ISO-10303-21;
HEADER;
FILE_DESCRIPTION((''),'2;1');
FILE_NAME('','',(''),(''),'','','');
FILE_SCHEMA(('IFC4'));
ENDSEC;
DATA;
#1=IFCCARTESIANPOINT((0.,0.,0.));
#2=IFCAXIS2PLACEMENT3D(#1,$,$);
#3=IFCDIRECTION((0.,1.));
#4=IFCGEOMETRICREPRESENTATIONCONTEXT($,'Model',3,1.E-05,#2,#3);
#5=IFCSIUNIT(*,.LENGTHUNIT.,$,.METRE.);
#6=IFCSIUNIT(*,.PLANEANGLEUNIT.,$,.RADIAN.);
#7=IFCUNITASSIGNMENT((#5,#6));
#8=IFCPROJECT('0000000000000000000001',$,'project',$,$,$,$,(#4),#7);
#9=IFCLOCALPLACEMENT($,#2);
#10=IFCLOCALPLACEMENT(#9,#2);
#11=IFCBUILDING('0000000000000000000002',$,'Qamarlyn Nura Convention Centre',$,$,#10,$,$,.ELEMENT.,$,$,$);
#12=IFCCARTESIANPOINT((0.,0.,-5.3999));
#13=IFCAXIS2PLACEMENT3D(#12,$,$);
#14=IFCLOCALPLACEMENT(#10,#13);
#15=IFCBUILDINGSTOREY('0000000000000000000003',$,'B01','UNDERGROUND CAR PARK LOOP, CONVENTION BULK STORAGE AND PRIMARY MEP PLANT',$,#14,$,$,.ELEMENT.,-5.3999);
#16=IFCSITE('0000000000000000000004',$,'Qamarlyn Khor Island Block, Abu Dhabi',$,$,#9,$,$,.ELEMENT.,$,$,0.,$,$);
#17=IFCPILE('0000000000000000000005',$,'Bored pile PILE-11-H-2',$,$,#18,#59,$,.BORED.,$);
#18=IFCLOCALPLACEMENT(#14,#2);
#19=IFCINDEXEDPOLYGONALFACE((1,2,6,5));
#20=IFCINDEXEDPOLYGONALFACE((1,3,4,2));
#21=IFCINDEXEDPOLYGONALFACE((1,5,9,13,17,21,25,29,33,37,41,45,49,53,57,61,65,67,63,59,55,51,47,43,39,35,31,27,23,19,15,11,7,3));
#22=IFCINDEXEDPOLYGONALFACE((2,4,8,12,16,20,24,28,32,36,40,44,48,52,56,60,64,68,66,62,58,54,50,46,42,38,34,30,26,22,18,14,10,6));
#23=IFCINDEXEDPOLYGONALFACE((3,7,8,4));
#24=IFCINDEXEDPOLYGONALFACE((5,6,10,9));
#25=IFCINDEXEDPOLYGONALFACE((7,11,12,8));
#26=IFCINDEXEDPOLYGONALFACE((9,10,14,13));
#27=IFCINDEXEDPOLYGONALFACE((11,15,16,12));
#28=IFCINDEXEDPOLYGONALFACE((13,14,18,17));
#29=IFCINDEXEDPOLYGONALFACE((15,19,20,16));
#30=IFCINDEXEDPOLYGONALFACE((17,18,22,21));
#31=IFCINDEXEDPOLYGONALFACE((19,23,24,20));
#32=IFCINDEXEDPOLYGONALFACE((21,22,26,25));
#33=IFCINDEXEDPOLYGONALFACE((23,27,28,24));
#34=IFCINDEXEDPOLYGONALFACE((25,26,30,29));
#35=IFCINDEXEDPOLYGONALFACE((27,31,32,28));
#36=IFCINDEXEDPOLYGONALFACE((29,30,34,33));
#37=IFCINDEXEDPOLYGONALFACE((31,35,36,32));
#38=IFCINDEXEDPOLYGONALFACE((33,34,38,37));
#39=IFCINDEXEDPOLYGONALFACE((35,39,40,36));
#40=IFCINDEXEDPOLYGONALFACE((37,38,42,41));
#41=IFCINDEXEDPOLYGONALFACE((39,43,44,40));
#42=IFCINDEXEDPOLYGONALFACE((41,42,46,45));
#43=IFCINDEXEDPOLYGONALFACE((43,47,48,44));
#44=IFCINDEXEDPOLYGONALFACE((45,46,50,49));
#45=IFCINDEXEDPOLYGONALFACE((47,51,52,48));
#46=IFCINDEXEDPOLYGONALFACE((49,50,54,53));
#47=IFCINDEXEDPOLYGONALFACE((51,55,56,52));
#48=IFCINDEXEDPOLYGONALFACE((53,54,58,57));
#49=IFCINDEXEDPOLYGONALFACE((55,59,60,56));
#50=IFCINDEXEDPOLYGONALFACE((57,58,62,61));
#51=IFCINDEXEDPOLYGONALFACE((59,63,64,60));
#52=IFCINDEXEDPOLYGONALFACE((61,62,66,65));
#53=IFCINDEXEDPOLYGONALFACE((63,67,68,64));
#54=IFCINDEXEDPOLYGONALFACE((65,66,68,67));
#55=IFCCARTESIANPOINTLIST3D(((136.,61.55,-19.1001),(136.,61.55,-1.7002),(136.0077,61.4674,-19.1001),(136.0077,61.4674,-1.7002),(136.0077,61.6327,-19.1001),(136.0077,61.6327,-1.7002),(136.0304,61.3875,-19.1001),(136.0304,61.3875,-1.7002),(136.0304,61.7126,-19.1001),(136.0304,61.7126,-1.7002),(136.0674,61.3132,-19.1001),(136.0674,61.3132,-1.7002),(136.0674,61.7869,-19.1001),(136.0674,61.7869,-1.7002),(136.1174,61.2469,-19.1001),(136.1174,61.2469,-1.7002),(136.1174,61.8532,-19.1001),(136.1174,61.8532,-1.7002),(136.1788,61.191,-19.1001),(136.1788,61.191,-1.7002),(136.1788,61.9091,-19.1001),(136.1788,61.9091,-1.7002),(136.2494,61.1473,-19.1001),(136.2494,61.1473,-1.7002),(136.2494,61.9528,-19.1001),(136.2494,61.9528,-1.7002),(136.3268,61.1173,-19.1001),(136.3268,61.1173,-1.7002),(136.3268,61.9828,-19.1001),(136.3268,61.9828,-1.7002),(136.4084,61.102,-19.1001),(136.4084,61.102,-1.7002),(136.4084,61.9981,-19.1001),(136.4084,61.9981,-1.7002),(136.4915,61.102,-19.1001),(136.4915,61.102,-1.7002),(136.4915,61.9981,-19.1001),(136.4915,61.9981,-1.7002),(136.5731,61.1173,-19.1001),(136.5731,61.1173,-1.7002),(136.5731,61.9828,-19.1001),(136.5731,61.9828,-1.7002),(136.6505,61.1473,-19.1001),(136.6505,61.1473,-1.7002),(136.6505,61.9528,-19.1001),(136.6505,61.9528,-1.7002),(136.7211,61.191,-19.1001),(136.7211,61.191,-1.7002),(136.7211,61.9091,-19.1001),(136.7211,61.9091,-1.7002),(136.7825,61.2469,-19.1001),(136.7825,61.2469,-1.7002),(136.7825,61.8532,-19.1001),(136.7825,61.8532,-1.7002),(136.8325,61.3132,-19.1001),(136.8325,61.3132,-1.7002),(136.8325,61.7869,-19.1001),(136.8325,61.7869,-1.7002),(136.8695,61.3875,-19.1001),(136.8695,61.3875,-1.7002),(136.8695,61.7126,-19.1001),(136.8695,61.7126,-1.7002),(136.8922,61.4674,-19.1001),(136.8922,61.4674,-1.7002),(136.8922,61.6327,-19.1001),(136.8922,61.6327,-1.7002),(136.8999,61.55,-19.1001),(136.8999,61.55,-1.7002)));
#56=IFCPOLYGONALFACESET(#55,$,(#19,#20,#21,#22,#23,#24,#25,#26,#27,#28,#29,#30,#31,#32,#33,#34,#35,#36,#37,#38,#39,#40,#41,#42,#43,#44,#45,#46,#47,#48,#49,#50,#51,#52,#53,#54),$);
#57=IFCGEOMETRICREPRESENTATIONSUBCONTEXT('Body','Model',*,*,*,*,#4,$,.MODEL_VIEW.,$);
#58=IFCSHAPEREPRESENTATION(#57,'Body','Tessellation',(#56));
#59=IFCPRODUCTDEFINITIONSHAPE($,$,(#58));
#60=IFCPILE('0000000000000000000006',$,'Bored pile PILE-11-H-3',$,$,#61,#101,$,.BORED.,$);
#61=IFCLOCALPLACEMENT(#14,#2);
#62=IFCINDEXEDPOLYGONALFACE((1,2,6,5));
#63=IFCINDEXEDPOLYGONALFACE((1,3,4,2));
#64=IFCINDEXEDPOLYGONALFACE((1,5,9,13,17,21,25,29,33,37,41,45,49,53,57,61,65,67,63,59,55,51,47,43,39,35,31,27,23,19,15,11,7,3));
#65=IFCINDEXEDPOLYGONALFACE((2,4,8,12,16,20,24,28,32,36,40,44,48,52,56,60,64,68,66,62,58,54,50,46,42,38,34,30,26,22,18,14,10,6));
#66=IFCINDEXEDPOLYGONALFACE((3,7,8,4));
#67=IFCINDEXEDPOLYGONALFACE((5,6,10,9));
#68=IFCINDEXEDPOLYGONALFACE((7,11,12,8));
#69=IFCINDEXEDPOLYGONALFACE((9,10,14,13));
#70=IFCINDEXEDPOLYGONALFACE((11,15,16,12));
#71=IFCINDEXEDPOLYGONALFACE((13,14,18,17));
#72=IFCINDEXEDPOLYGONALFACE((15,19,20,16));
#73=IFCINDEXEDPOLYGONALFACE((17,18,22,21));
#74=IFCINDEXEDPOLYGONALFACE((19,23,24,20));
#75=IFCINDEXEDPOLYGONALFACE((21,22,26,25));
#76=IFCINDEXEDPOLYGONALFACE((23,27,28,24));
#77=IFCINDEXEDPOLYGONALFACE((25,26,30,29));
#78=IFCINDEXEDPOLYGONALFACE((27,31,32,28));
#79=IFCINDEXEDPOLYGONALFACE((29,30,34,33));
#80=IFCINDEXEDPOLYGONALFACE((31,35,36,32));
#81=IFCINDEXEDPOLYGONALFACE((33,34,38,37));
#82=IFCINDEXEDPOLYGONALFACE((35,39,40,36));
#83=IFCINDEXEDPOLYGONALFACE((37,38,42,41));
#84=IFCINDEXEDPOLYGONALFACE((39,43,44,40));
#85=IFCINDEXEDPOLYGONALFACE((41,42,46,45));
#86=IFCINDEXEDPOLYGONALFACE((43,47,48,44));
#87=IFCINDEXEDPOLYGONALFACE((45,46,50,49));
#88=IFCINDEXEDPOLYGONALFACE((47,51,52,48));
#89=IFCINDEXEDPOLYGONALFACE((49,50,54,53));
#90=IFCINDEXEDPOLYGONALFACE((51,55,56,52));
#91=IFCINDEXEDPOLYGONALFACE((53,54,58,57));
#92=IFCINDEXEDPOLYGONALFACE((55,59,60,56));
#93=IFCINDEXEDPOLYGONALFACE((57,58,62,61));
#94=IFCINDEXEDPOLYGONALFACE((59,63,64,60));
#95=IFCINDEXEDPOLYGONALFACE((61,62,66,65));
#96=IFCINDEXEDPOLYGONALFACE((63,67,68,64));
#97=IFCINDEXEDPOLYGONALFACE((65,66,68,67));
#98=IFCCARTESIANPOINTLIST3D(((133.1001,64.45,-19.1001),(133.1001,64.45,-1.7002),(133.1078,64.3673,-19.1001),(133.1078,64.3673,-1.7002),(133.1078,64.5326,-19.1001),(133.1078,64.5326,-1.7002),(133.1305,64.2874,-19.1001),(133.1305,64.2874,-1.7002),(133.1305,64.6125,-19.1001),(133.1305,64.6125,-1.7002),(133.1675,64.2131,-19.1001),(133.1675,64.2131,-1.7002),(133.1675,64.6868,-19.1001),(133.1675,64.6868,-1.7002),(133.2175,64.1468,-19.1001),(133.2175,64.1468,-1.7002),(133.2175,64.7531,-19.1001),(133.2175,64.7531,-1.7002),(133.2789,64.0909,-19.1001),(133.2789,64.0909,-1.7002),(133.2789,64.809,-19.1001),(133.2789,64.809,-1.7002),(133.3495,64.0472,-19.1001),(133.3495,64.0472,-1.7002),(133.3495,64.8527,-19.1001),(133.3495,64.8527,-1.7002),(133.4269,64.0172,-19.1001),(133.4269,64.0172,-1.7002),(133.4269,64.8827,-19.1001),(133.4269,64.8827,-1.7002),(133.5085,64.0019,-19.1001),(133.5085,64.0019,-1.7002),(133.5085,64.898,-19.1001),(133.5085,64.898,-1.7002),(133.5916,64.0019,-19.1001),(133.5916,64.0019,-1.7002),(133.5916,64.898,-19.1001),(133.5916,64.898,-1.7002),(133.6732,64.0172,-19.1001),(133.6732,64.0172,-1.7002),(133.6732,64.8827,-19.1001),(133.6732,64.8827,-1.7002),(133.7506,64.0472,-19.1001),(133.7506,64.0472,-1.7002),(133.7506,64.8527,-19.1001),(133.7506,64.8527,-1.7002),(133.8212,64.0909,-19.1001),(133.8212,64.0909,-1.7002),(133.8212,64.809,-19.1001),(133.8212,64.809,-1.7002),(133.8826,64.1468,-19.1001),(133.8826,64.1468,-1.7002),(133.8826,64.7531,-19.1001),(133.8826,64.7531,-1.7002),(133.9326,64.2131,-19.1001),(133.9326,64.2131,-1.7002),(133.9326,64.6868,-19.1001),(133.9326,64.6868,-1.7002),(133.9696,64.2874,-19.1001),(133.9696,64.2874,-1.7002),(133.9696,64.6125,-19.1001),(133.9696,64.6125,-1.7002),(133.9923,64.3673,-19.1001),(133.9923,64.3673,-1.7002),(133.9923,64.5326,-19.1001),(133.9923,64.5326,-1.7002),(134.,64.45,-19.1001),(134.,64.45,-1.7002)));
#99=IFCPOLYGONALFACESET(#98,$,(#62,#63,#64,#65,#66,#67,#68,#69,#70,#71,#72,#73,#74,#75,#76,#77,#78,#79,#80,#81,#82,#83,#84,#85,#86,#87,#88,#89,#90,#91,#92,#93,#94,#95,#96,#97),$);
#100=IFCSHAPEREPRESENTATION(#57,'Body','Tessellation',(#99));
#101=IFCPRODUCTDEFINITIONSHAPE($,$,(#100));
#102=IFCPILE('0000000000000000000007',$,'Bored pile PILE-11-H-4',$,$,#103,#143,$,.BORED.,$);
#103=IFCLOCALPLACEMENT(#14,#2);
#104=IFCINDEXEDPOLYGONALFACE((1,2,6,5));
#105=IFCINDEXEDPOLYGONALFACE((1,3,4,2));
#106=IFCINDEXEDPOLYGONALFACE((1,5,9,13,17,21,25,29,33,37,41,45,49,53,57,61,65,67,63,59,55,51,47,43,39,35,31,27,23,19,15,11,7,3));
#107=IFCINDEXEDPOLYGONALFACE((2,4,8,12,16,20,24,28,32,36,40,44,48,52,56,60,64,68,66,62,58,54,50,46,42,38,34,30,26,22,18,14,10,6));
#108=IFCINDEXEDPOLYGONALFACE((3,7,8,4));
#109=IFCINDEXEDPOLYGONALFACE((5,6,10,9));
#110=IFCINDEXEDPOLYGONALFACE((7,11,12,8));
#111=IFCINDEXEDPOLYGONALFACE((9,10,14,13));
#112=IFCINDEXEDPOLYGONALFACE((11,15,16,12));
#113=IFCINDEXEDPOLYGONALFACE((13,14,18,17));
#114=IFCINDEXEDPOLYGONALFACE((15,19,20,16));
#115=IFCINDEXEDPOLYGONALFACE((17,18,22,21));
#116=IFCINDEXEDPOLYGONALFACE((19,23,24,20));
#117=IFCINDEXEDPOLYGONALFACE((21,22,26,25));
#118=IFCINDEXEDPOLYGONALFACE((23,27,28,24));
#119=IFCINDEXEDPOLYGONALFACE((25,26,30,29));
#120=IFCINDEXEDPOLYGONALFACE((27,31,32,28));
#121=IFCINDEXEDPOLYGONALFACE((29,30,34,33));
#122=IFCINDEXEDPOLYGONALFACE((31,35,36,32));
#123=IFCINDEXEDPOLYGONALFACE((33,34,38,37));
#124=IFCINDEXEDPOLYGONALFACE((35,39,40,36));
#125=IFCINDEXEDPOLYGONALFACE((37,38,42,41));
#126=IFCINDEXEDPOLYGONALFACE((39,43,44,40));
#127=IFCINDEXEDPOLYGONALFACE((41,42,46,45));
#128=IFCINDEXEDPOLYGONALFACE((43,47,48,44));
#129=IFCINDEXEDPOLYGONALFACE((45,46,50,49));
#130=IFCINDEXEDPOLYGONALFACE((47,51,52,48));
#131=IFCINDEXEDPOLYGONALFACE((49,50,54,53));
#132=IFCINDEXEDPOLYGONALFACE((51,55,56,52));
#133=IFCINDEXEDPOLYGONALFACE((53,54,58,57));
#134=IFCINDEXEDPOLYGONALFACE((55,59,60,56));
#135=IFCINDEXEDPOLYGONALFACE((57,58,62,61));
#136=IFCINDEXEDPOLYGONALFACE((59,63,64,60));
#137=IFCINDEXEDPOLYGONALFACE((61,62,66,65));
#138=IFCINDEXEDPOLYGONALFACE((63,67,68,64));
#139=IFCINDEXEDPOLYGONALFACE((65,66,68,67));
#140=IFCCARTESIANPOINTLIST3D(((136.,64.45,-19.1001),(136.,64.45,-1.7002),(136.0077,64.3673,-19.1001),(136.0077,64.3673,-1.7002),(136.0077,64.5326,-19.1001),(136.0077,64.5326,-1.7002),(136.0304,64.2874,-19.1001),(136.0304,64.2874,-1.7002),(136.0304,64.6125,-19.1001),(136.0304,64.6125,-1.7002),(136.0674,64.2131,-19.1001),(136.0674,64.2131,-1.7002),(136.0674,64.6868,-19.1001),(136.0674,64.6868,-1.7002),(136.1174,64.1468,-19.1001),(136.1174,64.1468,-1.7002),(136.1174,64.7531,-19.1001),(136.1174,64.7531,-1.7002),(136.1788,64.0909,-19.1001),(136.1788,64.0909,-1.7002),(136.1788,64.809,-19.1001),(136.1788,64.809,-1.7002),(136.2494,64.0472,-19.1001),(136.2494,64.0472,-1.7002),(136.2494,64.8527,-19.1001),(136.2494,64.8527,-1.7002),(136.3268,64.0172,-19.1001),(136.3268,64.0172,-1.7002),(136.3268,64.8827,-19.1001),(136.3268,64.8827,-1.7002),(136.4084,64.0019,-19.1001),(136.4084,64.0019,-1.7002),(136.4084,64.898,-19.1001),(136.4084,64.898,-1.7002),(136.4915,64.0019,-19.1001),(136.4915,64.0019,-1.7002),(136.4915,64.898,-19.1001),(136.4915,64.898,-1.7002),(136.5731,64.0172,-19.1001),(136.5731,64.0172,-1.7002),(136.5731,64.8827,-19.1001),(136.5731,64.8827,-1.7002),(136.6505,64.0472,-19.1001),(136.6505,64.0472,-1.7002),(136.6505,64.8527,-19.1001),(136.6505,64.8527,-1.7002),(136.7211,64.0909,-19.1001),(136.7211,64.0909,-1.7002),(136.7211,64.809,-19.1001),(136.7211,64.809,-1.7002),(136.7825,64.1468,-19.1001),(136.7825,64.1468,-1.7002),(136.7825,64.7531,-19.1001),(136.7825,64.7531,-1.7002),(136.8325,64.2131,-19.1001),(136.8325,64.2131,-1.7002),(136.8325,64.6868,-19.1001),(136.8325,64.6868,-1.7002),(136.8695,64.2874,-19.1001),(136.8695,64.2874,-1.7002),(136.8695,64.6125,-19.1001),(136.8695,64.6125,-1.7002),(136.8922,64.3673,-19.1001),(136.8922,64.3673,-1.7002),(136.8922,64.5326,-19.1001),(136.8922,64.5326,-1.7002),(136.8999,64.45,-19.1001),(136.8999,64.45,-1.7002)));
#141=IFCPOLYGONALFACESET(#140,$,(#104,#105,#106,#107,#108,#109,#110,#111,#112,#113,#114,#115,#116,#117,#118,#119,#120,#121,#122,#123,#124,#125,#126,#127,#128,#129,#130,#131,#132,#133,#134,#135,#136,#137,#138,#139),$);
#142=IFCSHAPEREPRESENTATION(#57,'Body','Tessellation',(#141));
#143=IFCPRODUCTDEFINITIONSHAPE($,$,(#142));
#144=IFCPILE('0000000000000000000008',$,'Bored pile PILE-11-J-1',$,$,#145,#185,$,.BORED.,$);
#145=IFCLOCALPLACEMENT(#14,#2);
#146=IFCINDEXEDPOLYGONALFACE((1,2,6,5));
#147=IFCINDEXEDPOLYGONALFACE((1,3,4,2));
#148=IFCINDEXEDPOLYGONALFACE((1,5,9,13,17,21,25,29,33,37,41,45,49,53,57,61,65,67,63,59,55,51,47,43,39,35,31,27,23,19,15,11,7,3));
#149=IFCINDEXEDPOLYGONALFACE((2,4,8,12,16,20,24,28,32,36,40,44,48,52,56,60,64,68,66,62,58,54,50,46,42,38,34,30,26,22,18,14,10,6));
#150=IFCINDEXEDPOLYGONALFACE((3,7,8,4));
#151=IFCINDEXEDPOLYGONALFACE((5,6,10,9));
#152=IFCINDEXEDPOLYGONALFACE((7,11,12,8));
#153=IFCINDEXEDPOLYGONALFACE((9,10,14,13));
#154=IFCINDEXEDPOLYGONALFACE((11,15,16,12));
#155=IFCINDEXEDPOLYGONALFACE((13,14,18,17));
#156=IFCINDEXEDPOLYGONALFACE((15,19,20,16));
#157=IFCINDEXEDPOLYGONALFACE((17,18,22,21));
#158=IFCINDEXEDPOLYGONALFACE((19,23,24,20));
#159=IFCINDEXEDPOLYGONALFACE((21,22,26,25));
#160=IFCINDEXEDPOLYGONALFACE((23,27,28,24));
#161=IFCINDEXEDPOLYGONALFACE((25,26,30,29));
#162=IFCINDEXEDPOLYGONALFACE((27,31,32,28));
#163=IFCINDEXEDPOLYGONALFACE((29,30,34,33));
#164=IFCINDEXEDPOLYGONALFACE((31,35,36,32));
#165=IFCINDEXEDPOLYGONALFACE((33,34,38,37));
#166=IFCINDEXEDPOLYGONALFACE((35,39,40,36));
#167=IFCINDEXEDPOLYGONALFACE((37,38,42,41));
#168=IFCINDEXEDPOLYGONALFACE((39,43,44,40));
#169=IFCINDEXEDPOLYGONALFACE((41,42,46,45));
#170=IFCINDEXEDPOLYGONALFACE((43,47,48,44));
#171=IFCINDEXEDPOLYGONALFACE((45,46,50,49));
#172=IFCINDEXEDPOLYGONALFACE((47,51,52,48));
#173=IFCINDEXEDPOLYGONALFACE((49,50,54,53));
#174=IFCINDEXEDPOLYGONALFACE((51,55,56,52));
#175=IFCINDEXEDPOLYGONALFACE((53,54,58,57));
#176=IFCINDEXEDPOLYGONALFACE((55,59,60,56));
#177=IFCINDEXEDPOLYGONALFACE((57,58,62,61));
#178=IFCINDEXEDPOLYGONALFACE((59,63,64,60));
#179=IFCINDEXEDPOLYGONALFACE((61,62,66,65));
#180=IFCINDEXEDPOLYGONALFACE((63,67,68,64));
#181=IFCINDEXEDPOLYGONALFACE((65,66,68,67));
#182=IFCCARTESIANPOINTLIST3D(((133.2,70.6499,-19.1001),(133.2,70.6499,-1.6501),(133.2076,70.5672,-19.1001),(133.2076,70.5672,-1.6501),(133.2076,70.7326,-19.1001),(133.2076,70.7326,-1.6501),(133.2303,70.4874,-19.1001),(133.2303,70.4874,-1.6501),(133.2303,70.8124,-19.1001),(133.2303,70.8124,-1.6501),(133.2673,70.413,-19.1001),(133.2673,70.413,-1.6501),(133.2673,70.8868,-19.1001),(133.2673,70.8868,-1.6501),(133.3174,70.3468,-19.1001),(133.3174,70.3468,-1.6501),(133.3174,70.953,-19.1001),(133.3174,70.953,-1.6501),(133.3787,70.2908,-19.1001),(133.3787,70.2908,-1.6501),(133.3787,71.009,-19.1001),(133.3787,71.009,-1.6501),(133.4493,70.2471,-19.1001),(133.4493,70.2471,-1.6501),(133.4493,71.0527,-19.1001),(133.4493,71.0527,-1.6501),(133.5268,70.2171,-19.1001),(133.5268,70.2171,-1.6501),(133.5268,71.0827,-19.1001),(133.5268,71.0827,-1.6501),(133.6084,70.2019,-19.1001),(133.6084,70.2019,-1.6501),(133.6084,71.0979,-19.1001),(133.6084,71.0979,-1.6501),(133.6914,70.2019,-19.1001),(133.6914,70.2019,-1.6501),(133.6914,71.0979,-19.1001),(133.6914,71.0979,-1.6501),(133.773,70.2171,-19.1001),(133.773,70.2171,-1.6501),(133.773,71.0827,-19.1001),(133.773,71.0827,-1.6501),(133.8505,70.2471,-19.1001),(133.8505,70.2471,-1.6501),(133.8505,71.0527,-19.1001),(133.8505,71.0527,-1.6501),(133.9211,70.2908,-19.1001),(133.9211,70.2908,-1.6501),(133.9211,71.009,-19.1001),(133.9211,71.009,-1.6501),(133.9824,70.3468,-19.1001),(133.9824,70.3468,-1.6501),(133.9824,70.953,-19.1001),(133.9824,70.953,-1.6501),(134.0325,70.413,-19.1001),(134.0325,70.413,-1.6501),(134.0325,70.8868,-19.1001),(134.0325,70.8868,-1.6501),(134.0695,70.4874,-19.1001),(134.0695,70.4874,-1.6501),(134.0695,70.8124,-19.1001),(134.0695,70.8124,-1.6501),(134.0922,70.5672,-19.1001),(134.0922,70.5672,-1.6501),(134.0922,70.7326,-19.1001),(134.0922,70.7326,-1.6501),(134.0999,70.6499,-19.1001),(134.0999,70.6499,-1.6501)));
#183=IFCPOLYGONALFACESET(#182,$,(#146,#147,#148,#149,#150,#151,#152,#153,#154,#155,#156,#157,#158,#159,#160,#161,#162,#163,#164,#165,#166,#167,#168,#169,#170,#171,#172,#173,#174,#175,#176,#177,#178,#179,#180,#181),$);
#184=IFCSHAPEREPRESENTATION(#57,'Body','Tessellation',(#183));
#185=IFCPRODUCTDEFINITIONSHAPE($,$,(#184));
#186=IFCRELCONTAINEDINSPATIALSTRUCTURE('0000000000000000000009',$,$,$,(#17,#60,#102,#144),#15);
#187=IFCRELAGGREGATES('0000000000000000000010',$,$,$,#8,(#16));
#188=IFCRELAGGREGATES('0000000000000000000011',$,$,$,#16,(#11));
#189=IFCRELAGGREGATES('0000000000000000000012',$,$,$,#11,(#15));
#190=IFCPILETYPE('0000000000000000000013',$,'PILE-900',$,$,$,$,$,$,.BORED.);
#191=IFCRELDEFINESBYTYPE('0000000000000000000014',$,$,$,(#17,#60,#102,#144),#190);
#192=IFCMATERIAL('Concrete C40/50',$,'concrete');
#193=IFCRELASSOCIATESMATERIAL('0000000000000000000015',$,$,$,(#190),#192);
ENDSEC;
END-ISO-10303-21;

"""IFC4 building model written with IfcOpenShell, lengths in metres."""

from ifc_helpers import new_model, si_unit, direction, frame, origin, origin_2d, place, context, subcontext, project, spatial, circle, extrude, material, material_profile, profile_set, type_object, element, save


model = new_model("IFC4")

# Units and contexts
model_context = context("Model", 3, precision=1e-05, world=origin(), true_north=direction((0.0, 1.0)))
body_context = subcontext(model_context, "Body", "Model", "MODEL_VIEW")
ifc_project = project(units=[si_unit("LENGTHUNIT", "METRE"), si_unit("PLANEANGLEUNIT", "RADIAN")], contexts=[model_context])

# Site, building, storey
site_placement = place(None, origin())
site = spatial("IfcSite", under=ifc_project, at=site_placement, Name="Qamarlyn Khor Island Block, Abu Dhabi", CompositionType="ELEMENT", RefElevation=0.0)
building_placement = place(site_placement, origin())
building = spatial("IfcBuilding", under=site, at=building_placement, Name="Qamarlyn Nura Convention Centre", CompositionType="ELEMENT")
storey_placement = place(building_placement, frame((0.0, 0.0, -5.3999)))
storey = spatial("IfcBuildingStorey", under=building, at=storey_placement, Name="B01", Description="UNDERGROUND CAR PARK LOOP, CONVENTION BULK STORAGE AND PRIMARY MEP PLANT", CompositionType="ELEMENT", Elevation=-5.3999)

# Shared definitions
ifc_material_1 = material(Name="Concrete C40/50", Category="concrete")

# Piles
ifc_material_profile_1 = material_profile(ifc_material_1, circle(Radius=0.45, at=origin_2d()), Name="BORED PILE 900")
ifc_profile_set_1 = profile_set([ifc_material_profile_1], Name="Concrete C40/50")
pile_type = type_object("IfcPileType", Name="PILE-900", PredefinedType="BORED", material=ifc_profile_set_1)
for number, where, z_axis, x_axis, name in (
    (1, (136.45, 61.55, -1.7002), (0.0, 0.0, -1.0), (1.0, 0.0, 0.0), "Bored pile PILE-11-H-2"),
    (2, (133.55, 64.45, -1.7002), (0.0, 0.0, -1.0), (1.0, 0.0, 0.0), "Bored pile PILE-11-H-3"),
    (3, (136.45, 64.45, -1.7002), (0.0, 0.0, -1.0), (1.0, 0.0, 0.0), "Bored pile PILE-11-H-4"),
):
    element("IfcPile", number, at=place(storey_placement, frame(where, z_axis=z_axis, x_axis=x_axis)), inside=storey, type_object=pile_type, Name=name, PredefinedType="BORED", context=body_context, shape_type="SweptSolid", body=[
        extrude(circle(Radius=0.45, at=origin_2d()), origin(), (0.0, 0.0, 1.0), 17.3999),
    ])
for number, where, z_axis, x_axis, name in (
    (4, (133.6499, 70.6499, -1.6501), (0.0, 0.0, -1.0), (1.0, 0.0, 0.0), "Bored pile PILE-11-J-1"),
):
    element("IfcPile", number, at=place(storey_placement, frame(where, z_axis=z_axis, x_axis=x_axis)), inside=storey, type_object=pile_type, Name=name, PredefinedType="BORED", context=body_context, shape_type="SweptSolid", body=[
        extrude(circle(Radius=0.45, at=origin_2d()), origin(), (0.0, 0.0, 1.0), 17.45),
    ])

save(model, "model.ifc")
